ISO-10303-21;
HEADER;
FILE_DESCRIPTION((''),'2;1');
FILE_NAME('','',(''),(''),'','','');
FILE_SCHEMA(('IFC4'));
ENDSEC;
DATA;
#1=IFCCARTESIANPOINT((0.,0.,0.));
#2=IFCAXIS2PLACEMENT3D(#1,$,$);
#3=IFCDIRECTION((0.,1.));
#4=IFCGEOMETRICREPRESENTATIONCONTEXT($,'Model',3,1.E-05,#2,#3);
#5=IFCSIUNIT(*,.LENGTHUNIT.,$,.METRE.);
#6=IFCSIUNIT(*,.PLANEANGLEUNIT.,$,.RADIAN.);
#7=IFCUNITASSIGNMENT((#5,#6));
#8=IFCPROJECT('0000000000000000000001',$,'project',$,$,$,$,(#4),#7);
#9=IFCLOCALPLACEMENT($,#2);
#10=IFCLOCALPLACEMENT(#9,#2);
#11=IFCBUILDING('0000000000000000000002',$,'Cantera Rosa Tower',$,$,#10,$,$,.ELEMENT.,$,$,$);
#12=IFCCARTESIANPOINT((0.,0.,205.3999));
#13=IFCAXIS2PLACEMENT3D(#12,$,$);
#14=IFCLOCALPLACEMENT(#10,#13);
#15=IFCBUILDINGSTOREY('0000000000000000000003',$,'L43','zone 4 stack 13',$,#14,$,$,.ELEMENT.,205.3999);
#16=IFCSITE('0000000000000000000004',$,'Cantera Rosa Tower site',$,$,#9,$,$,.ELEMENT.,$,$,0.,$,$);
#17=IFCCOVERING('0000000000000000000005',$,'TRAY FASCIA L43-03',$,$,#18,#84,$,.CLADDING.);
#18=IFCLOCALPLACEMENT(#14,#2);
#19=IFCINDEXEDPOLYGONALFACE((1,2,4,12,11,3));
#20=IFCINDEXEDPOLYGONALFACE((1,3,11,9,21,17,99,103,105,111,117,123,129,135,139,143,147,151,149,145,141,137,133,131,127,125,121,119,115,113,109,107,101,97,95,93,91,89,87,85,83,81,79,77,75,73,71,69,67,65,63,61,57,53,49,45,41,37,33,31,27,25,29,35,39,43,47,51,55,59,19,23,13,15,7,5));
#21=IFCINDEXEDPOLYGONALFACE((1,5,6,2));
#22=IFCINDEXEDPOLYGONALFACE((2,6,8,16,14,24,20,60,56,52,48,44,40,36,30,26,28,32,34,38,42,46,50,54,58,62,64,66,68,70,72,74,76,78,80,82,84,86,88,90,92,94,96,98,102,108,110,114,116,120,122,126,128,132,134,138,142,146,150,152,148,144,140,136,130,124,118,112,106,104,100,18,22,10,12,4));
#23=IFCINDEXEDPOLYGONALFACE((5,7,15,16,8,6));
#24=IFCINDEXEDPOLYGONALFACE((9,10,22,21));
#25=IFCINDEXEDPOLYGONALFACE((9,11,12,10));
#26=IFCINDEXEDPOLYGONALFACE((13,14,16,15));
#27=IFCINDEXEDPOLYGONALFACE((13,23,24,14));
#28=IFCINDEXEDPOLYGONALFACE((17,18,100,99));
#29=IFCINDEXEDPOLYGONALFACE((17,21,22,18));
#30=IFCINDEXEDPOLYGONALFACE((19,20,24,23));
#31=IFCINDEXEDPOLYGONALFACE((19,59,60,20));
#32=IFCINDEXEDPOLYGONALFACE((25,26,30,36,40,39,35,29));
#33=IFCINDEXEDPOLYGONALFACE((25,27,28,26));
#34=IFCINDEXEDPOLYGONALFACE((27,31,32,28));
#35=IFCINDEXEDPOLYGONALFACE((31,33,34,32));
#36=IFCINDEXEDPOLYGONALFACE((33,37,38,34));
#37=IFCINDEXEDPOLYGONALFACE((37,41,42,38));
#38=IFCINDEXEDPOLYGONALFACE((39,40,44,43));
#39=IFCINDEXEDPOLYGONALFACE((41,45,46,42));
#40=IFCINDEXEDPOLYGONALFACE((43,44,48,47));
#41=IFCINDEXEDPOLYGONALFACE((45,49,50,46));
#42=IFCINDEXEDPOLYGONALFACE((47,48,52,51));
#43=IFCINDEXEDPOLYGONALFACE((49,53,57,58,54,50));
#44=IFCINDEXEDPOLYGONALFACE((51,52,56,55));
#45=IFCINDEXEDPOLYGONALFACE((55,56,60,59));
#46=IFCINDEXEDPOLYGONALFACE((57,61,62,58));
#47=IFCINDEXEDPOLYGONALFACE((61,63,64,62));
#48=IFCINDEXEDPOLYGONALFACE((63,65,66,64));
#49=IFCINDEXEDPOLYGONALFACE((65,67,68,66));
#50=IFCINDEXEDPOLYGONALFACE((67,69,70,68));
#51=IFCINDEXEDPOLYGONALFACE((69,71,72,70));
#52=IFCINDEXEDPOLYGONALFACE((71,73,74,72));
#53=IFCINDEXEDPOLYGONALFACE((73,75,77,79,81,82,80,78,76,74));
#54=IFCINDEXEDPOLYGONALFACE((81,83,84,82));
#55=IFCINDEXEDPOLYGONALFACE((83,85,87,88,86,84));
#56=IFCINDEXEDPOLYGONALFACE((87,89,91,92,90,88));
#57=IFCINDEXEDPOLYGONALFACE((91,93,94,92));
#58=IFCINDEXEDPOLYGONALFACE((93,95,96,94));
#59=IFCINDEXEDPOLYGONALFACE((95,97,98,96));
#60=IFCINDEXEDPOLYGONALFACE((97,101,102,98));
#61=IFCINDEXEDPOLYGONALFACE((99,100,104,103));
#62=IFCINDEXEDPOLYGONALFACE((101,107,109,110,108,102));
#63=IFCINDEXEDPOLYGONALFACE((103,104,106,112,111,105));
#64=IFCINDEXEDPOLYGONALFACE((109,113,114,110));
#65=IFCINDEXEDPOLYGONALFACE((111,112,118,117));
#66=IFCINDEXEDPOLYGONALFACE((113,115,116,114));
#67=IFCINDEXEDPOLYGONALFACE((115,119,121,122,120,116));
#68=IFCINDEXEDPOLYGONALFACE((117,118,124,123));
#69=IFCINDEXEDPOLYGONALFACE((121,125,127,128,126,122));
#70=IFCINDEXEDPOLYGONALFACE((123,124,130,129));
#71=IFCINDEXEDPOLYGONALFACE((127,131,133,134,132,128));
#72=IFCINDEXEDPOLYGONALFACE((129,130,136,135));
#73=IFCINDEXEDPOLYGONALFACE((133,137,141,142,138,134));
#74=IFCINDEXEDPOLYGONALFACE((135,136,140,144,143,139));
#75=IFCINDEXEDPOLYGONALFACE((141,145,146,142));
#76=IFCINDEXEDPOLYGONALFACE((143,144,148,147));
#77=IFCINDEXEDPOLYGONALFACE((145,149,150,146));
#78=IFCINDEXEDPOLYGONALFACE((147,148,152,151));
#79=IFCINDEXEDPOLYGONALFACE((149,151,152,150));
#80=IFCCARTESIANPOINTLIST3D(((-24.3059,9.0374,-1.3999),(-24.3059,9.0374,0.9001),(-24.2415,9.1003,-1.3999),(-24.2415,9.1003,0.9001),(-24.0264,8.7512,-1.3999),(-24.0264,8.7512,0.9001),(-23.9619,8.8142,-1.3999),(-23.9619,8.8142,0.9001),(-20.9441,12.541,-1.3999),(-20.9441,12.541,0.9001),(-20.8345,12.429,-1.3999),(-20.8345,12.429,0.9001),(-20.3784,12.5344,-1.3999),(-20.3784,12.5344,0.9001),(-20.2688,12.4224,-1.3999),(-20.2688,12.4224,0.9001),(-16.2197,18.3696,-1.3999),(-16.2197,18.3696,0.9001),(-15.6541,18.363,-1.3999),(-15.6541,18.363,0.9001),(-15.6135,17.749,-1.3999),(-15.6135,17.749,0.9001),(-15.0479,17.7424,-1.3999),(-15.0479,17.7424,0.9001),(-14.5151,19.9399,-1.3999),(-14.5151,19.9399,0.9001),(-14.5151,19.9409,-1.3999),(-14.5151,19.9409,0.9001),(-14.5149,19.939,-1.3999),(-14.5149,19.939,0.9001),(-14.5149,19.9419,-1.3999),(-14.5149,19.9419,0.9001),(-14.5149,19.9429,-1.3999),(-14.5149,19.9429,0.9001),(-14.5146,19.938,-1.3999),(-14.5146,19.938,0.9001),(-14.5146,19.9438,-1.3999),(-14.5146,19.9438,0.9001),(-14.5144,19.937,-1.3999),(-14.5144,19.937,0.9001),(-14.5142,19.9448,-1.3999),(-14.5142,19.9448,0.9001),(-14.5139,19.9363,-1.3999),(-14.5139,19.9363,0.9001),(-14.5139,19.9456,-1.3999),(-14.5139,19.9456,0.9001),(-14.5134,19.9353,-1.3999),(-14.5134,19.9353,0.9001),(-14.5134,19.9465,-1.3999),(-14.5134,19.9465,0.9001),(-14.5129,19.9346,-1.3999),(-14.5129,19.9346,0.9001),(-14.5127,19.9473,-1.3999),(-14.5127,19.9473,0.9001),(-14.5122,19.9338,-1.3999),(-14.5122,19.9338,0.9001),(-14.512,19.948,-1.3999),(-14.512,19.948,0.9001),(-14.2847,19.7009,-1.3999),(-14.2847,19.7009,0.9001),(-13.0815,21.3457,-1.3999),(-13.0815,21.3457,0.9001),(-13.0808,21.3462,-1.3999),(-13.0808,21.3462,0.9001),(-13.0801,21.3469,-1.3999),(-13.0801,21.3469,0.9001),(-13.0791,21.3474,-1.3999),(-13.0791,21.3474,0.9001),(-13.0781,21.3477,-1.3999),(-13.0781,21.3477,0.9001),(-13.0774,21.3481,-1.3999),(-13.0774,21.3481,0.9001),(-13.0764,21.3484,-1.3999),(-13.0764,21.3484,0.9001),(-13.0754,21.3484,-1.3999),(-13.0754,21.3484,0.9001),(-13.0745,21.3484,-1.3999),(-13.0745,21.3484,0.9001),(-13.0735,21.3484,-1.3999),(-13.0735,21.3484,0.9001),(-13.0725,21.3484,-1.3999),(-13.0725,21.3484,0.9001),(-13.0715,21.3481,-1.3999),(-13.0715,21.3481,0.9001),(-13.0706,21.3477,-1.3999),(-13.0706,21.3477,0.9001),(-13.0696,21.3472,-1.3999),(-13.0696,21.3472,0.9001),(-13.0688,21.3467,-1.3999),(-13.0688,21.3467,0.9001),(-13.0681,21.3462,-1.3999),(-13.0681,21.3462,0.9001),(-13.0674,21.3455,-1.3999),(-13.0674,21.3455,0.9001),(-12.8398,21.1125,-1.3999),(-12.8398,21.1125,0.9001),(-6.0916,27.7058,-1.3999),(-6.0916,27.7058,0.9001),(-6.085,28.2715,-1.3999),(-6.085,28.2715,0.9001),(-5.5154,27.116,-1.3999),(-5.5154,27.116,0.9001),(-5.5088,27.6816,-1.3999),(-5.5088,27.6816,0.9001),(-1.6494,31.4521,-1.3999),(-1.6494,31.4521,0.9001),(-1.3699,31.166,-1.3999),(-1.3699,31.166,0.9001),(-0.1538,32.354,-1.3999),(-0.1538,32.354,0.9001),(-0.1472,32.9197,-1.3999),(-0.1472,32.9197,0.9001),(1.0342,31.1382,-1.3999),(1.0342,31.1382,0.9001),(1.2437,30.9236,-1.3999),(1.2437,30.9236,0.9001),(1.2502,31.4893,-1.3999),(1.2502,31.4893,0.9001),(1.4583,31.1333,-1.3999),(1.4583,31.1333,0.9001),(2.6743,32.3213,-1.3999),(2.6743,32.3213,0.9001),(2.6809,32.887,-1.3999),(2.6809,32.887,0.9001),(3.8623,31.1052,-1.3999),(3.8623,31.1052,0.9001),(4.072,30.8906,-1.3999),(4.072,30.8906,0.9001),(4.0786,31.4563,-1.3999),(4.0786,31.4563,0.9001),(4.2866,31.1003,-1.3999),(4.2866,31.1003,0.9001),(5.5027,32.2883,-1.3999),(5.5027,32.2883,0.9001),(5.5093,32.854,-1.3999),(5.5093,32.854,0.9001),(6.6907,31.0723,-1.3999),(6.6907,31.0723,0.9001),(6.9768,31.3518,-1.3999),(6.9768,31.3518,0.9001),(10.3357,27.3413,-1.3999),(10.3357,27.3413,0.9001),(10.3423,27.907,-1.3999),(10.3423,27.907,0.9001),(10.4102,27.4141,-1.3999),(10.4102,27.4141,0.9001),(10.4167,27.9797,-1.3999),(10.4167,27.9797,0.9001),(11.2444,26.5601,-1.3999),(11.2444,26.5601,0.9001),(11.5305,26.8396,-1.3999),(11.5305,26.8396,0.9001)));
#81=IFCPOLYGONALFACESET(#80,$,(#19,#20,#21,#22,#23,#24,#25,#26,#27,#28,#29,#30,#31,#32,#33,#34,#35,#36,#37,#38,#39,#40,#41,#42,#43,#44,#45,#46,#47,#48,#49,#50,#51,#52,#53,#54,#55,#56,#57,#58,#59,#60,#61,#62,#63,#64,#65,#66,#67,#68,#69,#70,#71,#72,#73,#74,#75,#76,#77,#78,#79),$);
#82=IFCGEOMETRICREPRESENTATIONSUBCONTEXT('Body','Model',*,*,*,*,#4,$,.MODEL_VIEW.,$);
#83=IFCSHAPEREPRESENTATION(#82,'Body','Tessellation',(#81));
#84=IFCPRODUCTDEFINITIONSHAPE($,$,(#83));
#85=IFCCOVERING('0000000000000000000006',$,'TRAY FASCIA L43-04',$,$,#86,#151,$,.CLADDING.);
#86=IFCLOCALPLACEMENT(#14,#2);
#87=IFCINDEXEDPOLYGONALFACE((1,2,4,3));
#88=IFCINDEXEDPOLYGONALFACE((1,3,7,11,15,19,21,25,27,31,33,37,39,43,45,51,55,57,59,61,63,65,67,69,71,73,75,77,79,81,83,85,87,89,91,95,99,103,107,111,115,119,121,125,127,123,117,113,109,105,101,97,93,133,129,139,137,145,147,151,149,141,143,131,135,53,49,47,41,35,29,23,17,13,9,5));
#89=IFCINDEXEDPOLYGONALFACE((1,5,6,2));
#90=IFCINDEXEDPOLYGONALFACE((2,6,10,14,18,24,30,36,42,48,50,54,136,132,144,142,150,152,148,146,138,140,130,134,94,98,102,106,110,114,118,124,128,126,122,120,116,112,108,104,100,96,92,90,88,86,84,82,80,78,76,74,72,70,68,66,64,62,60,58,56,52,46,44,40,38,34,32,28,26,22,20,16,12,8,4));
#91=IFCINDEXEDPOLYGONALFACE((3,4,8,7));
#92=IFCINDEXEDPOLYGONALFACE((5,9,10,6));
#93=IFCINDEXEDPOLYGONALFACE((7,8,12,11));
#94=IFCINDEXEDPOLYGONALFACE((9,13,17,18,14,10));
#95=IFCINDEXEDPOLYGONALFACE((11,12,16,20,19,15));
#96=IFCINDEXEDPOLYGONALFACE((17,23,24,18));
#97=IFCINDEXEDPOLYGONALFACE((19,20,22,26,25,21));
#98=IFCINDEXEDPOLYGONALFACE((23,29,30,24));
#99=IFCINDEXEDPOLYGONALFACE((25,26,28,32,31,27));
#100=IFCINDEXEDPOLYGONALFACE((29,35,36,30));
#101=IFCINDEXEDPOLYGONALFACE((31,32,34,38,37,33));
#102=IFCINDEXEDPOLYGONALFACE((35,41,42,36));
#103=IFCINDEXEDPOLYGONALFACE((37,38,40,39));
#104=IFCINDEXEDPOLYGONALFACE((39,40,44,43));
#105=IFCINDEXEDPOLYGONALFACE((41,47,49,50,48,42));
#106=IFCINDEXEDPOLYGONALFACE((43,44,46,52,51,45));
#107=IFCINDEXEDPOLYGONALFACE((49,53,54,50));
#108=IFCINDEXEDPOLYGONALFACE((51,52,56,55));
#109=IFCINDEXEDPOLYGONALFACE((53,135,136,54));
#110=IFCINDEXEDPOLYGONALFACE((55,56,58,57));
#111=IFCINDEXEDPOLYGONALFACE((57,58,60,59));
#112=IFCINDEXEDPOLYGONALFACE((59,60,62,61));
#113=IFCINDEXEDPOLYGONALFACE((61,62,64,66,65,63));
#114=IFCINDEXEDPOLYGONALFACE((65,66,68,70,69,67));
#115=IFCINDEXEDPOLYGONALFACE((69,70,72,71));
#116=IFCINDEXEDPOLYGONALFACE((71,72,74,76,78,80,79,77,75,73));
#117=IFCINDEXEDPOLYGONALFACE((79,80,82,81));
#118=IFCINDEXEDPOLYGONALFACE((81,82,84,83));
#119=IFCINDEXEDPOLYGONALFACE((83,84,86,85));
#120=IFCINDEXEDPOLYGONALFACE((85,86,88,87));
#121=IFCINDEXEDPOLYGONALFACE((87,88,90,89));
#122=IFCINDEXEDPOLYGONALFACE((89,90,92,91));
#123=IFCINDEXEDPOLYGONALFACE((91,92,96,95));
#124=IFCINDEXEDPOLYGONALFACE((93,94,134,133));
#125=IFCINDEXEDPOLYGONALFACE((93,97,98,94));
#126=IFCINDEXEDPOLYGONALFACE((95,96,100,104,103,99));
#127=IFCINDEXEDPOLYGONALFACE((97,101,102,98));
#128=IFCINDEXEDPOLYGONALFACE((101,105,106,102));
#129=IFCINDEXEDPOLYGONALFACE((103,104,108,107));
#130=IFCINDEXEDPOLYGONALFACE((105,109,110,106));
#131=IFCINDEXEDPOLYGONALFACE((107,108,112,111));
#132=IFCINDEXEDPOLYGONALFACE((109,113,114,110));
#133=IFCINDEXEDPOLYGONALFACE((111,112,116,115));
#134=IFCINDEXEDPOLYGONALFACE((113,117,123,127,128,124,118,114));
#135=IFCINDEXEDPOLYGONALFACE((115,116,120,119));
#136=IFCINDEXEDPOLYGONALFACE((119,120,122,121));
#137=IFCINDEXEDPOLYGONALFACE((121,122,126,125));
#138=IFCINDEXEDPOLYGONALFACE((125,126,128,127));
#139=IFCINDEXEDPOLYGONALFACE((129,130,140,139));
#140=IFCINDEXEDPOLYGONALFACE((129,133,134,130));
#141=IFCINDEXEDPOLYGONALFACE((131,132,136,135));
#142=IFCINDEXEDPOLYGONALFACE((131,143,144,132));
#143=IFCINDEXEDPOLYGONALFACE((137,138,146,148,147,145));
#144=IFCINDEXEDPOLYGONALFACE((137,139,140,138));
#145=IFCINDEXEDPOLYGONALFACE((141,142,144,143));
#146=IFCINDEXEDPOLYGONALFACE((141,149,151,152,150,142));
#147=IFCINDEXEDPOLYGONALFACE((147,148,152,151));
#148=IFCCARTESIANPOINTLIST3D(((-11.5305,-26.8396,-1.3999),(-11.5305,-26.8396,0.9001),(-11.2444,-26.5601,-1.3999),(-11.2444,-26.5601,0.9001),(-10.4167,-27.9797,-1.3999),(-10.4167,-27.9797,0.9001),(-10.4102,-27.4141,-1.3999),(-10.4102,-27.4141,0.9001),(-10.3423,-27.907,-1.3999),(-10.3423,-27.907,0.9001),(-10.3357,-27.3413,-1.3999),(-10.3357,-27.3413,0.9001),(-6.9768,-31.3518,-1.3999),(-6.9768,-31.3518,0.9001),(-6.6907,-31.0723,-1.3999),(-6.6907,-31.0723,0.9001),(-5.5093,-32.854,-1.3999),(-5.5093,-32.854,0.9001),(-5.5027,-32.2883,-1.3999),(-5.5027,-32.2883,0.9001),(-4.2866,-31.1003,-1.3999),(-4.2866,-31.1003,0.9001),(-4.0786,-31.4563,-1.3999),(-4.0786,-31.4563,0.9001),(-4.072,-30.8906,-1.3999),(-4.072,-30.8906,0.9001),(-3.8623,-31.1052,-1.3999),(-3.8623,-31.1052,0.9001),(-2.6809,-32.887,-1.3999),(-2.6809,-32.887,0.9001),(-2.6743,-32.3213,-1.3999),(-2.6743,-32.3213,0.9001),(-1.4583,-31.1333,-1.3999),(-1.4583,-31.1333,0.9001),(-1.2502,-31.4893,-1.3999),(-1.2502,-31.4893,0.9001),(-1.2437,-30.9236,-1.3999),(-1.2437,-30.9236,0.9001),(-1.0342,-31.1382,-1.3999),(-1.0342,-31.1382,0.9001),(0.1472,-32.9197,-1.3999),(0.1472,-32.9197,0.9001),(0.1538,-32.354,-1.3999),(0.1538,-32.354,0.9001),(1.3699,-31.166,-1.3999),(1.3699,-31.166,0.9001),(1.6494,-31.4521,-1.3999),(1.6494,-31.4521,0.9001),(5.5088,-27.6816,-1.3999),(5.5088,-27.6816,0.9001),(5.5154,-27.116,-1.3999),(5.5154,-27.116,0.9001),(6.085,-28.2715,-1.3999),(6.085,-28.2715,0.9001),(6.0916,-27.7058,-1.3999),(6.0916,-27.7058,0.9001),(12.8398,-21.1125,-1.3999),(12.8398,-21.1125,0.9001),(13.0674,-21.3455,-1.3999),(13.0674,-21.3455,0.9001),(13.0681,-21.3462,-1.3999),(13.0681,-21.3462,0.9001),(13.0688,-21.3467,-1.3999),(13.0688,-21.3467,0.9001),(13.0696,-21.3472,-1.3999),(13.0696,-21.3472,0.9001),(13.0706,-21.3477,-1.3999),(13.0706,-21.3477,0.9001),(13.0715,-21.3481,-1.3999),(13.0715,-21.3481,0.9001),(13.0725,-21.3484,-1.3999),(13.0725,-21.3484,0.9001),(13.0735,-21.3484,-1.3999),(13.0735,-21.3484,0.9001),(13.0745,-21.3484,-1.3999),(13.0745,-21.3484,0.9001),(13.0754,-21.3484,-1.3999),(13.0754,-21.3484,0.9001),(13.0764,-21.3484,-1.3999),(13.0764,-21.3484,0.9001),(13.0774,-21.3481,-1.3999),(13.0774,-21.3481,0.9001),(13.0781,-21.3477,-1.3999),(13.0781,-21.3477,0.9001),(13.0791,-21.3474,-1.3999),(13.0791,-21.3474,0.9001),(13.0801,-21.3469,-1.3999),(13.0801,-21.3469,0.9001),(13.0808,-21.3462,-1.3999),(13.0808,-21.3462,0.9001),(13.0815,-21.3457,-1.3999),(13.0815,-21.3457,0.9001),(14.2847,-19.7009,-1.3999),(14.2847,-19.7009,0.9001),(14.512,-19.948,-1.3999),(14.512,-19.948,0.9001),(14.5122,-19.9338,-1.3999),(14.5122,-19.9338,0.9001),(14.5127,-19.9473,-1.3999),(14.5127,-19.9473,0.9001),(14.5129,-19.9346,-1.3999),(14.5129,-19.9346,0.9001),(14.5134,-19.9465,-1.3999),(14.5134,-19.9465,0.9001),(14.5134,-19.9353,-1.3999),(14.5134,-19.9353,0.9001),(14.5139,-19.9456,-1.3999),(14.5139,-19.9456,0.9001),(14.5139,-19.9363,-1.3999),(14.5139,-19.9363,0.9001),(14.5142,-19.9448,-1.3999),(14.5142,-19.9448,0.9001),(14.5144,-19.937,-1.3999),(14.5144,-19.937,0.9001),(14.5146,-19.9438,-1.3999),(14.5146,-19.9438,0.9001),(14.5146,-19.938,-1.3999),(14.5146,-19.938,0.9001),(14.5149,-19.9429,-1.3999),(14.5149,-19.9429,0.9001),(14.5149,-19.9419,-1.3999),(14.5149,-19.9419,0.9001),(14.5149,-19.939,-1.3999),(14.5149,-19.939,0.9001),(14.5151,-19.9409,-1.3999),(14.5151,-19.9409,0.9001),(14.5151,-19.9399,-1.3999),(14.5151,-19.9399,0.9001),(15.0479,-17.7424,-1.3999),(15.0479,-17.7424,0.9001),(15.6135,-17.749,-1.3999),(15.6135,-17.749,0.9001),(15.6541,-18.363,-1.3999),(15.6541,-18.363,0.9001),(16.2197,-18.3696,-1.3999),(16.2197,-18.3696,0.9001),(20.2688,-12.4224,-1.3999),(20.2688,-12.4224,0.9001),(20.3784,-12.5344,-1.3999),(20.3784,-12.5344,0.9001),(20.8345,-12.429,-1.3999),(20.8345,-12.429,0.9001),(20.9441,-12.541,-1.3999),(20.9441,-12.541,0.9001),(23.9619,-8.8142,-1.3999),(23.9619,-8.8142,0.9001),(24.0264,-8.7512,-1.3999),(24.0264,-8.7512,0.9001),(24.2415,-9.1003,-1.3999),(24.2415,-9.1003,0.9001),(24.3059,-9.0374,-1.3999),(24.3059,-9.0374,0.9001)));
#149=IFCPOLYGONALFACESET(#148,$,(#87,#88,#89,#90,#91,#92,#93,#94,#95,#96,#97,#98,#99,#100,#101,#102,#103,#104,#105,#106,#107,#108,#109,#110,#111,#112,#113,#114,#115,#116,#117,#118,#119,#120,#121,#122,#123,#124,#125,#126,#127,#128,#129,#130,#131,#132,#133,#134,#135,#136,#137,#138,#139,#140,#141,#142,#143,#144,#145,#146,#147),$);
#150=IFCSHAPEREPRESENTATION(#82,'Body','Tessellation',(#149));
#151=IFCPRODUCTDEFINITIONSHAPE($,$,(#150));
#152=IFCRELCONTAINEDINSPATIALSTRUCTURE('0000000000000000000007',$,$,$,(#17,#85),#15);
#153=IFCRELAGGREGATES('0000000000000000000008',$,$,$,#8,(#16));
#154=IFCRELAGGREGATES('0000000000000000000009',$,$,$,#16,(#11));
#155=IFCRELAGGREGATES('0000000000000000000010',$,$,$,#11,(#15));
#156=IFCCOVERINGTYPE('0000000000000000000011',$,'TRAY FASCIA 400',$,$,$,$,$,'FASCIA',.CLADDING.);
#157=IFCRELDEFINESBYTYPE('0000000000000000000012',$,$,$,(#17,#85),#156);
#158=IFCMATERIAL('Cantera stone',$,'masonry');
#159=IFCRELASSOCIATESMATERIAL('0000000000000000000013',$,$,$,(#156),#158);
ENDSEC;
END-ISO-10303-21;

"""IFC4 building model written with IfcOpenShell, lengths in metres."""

from ifc_helpers import new_model, si_unit, direction, frame, origin, place, context, subcontext, project, spatial, polyline, outline, extrude, material, type_object, element, save


model = new_model("IFC4")

# Units and contexts
model_context = context("Model", 3, precision=1e-05, world=origin(), true_north=direction((0.0, 1.0)))
body_context = subcontext(model_context, "Body", "Model", "MODEL_VIEW")
ifc_project = project(units=[si_unit("LENGTHUNIT", "METRE"), si_unit("PLANEANGLEUNIT", "RADIAN")], contexts=[model_context])

# Site, building, storey
site_placement = place(None, origin())
site = spatial("IfcSite", under=ifc_project, at=site_placement, Name="Cantera Rosa Tower site", CompositionType="ELEMENT", RefElevation=0.0)
building_placement = place(site_placement, origin())
building = spatial("IfcBuilding", under=site, at=building_placement, Name="Cantera Rosa Tower", CompositionType="ELEMENT")
storey_placement = place(building_placement, frame((0.0, 0.0, 205.3999)))
storey = spatial("IfcBuildingStorey", under=building, at=storey_placement, Name="L43", Description="zone 4 stack 13", CompositionType="ELEMENT", Elevation=205.3999)

# Coverings
ifc_material_1 = material(Name="Cantera stone", Category="masonry")
covering_type = type_object("IfcCoveringType", Name="TRAY FASCIA 400", ElementType="FASCIA", PredefinedType="CLADDING", material=ifc_material_1)
covering_1_placement = place(storey_placement, frame((0.0, 0.0, -1.3999)))
element("IfcCovering", 1, at=covering_1_placement, inside=storey, type_object=covering_type, Name="TRAY FASCIA L43-03", PredefinedType="CLADDING", context=body_context, shape_type="SweptSolid", body=[
    extrude(outline(polyline([(-15.6135, 17.749), (-16.2197, 18.3696), (-6.085, 28.2715), (-5.5088, 27.6816), (-1.6494, 31.4521), (-0.1472, 32.9197), (1.2502, 31.4893), (2.6809, 32.887), (4.0786, 31.4563), (5.5093, 32.854), (6.9768, 31.3518), (10.3423, 27.907), (10.4167, 27.9797), (11.5305, 26.8396), (11.2444, 26.5601), (10.4102, 27.4141), (10.3357, 27.3413), (6.6907, 31.0723), (5.5027, 32.2883), (4.2866, 31.1003), (4.072, 30.8906), (3.8623, 31.1052), (2.6743, 32.3213), (1.4583, 31.1333), (1.2437, 30.9236), (1.0342, 31.1382), (-0.1538, 32.354), (-1.3699, 31.166), (-5.5154, 27.116), (-6.0916, 27.7058), (-12.8398, 21.1125), (-13.0674, 21.3455), (-13.0681, 21.3462), (-13.0688, 21.3467), (-13.0696, 21.3472), (-13.0706, 21.3477), (-13.0715, 21.3481), (-13.0725, 21.3484), (-13.0735, 21.3484), (-13.0745, 21.3484), (-13.0754, 21.3484), (-13.0764, 21.3484), (-13.0774, 21.3481), (-13.0781, 21.3477), (-13.0791, 21.3474), (-13.0801, 21.3469), (-13.0808, 21.3462), (-13.0815, 21.3457), (-14.512, 19.948), (-14.5127, 19.9473), (-14.5134, 19.9465), (-14.5139, 19.9456), (-14.5142, 19.9448), (-14.5146, 19.9438), (-14.5149, 19.9429), (-14.5149, 19.9419), (-14.5151, 19.9409), (-14.5151, 19.9399), (-14.5149, 19.939), (-14.5146, 19.938), (-14.5144, 19.937), (-14.5139, 19.9363), (-14.5134, 19.9353), (-14.5129, 19.9346), (-14.5122, 19.9338), (-14.2847, 19.7009), (-15.6541, 18.363), (-15.0479, 17.7424), (-20.3784, 12.5344), (-20.2688, 12.4224), (-23.9619, 8.8142), (-24.0264, 8.7512), (-24.3059, 9.0374), (-24.2415, 9.1003), (-20.8345, 12.429), (-20.9441, 12.541), (-15.6135, 17.749)])), origin(), (0.0, 0.0, 1.0), 2.3),
])
covering_2_placement = place(storey_placement, frame((0.0, 0.0, -1.3999)))
element("IfcCovering", 2, at=covering_2_placement, inside=storey, type_object=covering_type, Name="TRAY FASCIA L43-04", PredefinedType="CLADDING", context=body_context, shape_type="SweptSolid", body=[
    extrude(outline(polyline([(24.2415, -9.1003), (20.8345, -12.429), (20.9441, -12.541), (15.6135, -17.749), (16.2197, -18.3696), (6.085, -28.2715), (5.5088, -27.6816), (1.6494, -31.4521), (0.1472, -32.9197), (-1.2502, -31.4893), (-2.6809, -32.887), (-4.0786, -31.4563), (-5.5093, -32.854), (-6.9768, -31.3518), (-10.3423, -27.907), (-10.4167, -27.9797), (-11.5305, -26.8396), (-11.2444, -26.5601), (-10.4102, -27.4141), (-10.3357, -27.3413), (-6.6907, -31.0723), (-5.5027, -32.2883), (-4.2866, -31.1003), (-4.072, -30.8906), (-3.8623, -31.1052), (-2.6743, -32.3213), (-1.4583, -31.1333), (-1.2437, -30.9236), (-1.0342, -31.1382), (0.1538, -32.354), (1.3699, -31.166), (5.5154, -27.116), (6.0916, -27.7058), (12.8398, -21.1125), (13.0674, -21.3455), (13.0681, -21.3462), (13.0688, -21.3467), (13.0696, -21.3472), (13.0706, -21.3477), (13.0715, -21.3481), (13.0725, -21.3484), (13.0735, -21.3484), (13.0745, -21.3484), (13.0754, -21.3484), (13.0764, -21.3484), (13.0774, -21.3481), (13.0781, -21.3477), (13.0791, -21.3474), (13.0801, -21.3469), (13.0808, -21.3462), (13.0815, -21.3457), (14.512, -19.948), (14.5127, -19.9473), (14.5134, -19.9465), (14.5139, -19.9456), (14.5142, -19.9448), (14.5146, -19.9438), (14.5149, -19.9429), (14.5149, -19.9419), (14.5151, -19.9409), (14.5151, -19.9399), (14.5149, -19.939), (14.5146, -19.938), (14.5144, -19.937), (14.5139, -19.9363), (14.5134, -19.9353), (14.5129, -19.9346), (14.5122, -19.9338), (14.2847, -19.7009), (15.6541, -18.363), (15.0479, -17.7424), (20.3784, -12.5344), (20.2688, -12.4224), (23.9619, -8.8142), (24.0264, -8.7512), (24.3059, -9.0374), (24.2415, -9.1003)])), origin(), (0.0, 0.0, 1.0), 2.3),
])

save(model, "model.ifc")
